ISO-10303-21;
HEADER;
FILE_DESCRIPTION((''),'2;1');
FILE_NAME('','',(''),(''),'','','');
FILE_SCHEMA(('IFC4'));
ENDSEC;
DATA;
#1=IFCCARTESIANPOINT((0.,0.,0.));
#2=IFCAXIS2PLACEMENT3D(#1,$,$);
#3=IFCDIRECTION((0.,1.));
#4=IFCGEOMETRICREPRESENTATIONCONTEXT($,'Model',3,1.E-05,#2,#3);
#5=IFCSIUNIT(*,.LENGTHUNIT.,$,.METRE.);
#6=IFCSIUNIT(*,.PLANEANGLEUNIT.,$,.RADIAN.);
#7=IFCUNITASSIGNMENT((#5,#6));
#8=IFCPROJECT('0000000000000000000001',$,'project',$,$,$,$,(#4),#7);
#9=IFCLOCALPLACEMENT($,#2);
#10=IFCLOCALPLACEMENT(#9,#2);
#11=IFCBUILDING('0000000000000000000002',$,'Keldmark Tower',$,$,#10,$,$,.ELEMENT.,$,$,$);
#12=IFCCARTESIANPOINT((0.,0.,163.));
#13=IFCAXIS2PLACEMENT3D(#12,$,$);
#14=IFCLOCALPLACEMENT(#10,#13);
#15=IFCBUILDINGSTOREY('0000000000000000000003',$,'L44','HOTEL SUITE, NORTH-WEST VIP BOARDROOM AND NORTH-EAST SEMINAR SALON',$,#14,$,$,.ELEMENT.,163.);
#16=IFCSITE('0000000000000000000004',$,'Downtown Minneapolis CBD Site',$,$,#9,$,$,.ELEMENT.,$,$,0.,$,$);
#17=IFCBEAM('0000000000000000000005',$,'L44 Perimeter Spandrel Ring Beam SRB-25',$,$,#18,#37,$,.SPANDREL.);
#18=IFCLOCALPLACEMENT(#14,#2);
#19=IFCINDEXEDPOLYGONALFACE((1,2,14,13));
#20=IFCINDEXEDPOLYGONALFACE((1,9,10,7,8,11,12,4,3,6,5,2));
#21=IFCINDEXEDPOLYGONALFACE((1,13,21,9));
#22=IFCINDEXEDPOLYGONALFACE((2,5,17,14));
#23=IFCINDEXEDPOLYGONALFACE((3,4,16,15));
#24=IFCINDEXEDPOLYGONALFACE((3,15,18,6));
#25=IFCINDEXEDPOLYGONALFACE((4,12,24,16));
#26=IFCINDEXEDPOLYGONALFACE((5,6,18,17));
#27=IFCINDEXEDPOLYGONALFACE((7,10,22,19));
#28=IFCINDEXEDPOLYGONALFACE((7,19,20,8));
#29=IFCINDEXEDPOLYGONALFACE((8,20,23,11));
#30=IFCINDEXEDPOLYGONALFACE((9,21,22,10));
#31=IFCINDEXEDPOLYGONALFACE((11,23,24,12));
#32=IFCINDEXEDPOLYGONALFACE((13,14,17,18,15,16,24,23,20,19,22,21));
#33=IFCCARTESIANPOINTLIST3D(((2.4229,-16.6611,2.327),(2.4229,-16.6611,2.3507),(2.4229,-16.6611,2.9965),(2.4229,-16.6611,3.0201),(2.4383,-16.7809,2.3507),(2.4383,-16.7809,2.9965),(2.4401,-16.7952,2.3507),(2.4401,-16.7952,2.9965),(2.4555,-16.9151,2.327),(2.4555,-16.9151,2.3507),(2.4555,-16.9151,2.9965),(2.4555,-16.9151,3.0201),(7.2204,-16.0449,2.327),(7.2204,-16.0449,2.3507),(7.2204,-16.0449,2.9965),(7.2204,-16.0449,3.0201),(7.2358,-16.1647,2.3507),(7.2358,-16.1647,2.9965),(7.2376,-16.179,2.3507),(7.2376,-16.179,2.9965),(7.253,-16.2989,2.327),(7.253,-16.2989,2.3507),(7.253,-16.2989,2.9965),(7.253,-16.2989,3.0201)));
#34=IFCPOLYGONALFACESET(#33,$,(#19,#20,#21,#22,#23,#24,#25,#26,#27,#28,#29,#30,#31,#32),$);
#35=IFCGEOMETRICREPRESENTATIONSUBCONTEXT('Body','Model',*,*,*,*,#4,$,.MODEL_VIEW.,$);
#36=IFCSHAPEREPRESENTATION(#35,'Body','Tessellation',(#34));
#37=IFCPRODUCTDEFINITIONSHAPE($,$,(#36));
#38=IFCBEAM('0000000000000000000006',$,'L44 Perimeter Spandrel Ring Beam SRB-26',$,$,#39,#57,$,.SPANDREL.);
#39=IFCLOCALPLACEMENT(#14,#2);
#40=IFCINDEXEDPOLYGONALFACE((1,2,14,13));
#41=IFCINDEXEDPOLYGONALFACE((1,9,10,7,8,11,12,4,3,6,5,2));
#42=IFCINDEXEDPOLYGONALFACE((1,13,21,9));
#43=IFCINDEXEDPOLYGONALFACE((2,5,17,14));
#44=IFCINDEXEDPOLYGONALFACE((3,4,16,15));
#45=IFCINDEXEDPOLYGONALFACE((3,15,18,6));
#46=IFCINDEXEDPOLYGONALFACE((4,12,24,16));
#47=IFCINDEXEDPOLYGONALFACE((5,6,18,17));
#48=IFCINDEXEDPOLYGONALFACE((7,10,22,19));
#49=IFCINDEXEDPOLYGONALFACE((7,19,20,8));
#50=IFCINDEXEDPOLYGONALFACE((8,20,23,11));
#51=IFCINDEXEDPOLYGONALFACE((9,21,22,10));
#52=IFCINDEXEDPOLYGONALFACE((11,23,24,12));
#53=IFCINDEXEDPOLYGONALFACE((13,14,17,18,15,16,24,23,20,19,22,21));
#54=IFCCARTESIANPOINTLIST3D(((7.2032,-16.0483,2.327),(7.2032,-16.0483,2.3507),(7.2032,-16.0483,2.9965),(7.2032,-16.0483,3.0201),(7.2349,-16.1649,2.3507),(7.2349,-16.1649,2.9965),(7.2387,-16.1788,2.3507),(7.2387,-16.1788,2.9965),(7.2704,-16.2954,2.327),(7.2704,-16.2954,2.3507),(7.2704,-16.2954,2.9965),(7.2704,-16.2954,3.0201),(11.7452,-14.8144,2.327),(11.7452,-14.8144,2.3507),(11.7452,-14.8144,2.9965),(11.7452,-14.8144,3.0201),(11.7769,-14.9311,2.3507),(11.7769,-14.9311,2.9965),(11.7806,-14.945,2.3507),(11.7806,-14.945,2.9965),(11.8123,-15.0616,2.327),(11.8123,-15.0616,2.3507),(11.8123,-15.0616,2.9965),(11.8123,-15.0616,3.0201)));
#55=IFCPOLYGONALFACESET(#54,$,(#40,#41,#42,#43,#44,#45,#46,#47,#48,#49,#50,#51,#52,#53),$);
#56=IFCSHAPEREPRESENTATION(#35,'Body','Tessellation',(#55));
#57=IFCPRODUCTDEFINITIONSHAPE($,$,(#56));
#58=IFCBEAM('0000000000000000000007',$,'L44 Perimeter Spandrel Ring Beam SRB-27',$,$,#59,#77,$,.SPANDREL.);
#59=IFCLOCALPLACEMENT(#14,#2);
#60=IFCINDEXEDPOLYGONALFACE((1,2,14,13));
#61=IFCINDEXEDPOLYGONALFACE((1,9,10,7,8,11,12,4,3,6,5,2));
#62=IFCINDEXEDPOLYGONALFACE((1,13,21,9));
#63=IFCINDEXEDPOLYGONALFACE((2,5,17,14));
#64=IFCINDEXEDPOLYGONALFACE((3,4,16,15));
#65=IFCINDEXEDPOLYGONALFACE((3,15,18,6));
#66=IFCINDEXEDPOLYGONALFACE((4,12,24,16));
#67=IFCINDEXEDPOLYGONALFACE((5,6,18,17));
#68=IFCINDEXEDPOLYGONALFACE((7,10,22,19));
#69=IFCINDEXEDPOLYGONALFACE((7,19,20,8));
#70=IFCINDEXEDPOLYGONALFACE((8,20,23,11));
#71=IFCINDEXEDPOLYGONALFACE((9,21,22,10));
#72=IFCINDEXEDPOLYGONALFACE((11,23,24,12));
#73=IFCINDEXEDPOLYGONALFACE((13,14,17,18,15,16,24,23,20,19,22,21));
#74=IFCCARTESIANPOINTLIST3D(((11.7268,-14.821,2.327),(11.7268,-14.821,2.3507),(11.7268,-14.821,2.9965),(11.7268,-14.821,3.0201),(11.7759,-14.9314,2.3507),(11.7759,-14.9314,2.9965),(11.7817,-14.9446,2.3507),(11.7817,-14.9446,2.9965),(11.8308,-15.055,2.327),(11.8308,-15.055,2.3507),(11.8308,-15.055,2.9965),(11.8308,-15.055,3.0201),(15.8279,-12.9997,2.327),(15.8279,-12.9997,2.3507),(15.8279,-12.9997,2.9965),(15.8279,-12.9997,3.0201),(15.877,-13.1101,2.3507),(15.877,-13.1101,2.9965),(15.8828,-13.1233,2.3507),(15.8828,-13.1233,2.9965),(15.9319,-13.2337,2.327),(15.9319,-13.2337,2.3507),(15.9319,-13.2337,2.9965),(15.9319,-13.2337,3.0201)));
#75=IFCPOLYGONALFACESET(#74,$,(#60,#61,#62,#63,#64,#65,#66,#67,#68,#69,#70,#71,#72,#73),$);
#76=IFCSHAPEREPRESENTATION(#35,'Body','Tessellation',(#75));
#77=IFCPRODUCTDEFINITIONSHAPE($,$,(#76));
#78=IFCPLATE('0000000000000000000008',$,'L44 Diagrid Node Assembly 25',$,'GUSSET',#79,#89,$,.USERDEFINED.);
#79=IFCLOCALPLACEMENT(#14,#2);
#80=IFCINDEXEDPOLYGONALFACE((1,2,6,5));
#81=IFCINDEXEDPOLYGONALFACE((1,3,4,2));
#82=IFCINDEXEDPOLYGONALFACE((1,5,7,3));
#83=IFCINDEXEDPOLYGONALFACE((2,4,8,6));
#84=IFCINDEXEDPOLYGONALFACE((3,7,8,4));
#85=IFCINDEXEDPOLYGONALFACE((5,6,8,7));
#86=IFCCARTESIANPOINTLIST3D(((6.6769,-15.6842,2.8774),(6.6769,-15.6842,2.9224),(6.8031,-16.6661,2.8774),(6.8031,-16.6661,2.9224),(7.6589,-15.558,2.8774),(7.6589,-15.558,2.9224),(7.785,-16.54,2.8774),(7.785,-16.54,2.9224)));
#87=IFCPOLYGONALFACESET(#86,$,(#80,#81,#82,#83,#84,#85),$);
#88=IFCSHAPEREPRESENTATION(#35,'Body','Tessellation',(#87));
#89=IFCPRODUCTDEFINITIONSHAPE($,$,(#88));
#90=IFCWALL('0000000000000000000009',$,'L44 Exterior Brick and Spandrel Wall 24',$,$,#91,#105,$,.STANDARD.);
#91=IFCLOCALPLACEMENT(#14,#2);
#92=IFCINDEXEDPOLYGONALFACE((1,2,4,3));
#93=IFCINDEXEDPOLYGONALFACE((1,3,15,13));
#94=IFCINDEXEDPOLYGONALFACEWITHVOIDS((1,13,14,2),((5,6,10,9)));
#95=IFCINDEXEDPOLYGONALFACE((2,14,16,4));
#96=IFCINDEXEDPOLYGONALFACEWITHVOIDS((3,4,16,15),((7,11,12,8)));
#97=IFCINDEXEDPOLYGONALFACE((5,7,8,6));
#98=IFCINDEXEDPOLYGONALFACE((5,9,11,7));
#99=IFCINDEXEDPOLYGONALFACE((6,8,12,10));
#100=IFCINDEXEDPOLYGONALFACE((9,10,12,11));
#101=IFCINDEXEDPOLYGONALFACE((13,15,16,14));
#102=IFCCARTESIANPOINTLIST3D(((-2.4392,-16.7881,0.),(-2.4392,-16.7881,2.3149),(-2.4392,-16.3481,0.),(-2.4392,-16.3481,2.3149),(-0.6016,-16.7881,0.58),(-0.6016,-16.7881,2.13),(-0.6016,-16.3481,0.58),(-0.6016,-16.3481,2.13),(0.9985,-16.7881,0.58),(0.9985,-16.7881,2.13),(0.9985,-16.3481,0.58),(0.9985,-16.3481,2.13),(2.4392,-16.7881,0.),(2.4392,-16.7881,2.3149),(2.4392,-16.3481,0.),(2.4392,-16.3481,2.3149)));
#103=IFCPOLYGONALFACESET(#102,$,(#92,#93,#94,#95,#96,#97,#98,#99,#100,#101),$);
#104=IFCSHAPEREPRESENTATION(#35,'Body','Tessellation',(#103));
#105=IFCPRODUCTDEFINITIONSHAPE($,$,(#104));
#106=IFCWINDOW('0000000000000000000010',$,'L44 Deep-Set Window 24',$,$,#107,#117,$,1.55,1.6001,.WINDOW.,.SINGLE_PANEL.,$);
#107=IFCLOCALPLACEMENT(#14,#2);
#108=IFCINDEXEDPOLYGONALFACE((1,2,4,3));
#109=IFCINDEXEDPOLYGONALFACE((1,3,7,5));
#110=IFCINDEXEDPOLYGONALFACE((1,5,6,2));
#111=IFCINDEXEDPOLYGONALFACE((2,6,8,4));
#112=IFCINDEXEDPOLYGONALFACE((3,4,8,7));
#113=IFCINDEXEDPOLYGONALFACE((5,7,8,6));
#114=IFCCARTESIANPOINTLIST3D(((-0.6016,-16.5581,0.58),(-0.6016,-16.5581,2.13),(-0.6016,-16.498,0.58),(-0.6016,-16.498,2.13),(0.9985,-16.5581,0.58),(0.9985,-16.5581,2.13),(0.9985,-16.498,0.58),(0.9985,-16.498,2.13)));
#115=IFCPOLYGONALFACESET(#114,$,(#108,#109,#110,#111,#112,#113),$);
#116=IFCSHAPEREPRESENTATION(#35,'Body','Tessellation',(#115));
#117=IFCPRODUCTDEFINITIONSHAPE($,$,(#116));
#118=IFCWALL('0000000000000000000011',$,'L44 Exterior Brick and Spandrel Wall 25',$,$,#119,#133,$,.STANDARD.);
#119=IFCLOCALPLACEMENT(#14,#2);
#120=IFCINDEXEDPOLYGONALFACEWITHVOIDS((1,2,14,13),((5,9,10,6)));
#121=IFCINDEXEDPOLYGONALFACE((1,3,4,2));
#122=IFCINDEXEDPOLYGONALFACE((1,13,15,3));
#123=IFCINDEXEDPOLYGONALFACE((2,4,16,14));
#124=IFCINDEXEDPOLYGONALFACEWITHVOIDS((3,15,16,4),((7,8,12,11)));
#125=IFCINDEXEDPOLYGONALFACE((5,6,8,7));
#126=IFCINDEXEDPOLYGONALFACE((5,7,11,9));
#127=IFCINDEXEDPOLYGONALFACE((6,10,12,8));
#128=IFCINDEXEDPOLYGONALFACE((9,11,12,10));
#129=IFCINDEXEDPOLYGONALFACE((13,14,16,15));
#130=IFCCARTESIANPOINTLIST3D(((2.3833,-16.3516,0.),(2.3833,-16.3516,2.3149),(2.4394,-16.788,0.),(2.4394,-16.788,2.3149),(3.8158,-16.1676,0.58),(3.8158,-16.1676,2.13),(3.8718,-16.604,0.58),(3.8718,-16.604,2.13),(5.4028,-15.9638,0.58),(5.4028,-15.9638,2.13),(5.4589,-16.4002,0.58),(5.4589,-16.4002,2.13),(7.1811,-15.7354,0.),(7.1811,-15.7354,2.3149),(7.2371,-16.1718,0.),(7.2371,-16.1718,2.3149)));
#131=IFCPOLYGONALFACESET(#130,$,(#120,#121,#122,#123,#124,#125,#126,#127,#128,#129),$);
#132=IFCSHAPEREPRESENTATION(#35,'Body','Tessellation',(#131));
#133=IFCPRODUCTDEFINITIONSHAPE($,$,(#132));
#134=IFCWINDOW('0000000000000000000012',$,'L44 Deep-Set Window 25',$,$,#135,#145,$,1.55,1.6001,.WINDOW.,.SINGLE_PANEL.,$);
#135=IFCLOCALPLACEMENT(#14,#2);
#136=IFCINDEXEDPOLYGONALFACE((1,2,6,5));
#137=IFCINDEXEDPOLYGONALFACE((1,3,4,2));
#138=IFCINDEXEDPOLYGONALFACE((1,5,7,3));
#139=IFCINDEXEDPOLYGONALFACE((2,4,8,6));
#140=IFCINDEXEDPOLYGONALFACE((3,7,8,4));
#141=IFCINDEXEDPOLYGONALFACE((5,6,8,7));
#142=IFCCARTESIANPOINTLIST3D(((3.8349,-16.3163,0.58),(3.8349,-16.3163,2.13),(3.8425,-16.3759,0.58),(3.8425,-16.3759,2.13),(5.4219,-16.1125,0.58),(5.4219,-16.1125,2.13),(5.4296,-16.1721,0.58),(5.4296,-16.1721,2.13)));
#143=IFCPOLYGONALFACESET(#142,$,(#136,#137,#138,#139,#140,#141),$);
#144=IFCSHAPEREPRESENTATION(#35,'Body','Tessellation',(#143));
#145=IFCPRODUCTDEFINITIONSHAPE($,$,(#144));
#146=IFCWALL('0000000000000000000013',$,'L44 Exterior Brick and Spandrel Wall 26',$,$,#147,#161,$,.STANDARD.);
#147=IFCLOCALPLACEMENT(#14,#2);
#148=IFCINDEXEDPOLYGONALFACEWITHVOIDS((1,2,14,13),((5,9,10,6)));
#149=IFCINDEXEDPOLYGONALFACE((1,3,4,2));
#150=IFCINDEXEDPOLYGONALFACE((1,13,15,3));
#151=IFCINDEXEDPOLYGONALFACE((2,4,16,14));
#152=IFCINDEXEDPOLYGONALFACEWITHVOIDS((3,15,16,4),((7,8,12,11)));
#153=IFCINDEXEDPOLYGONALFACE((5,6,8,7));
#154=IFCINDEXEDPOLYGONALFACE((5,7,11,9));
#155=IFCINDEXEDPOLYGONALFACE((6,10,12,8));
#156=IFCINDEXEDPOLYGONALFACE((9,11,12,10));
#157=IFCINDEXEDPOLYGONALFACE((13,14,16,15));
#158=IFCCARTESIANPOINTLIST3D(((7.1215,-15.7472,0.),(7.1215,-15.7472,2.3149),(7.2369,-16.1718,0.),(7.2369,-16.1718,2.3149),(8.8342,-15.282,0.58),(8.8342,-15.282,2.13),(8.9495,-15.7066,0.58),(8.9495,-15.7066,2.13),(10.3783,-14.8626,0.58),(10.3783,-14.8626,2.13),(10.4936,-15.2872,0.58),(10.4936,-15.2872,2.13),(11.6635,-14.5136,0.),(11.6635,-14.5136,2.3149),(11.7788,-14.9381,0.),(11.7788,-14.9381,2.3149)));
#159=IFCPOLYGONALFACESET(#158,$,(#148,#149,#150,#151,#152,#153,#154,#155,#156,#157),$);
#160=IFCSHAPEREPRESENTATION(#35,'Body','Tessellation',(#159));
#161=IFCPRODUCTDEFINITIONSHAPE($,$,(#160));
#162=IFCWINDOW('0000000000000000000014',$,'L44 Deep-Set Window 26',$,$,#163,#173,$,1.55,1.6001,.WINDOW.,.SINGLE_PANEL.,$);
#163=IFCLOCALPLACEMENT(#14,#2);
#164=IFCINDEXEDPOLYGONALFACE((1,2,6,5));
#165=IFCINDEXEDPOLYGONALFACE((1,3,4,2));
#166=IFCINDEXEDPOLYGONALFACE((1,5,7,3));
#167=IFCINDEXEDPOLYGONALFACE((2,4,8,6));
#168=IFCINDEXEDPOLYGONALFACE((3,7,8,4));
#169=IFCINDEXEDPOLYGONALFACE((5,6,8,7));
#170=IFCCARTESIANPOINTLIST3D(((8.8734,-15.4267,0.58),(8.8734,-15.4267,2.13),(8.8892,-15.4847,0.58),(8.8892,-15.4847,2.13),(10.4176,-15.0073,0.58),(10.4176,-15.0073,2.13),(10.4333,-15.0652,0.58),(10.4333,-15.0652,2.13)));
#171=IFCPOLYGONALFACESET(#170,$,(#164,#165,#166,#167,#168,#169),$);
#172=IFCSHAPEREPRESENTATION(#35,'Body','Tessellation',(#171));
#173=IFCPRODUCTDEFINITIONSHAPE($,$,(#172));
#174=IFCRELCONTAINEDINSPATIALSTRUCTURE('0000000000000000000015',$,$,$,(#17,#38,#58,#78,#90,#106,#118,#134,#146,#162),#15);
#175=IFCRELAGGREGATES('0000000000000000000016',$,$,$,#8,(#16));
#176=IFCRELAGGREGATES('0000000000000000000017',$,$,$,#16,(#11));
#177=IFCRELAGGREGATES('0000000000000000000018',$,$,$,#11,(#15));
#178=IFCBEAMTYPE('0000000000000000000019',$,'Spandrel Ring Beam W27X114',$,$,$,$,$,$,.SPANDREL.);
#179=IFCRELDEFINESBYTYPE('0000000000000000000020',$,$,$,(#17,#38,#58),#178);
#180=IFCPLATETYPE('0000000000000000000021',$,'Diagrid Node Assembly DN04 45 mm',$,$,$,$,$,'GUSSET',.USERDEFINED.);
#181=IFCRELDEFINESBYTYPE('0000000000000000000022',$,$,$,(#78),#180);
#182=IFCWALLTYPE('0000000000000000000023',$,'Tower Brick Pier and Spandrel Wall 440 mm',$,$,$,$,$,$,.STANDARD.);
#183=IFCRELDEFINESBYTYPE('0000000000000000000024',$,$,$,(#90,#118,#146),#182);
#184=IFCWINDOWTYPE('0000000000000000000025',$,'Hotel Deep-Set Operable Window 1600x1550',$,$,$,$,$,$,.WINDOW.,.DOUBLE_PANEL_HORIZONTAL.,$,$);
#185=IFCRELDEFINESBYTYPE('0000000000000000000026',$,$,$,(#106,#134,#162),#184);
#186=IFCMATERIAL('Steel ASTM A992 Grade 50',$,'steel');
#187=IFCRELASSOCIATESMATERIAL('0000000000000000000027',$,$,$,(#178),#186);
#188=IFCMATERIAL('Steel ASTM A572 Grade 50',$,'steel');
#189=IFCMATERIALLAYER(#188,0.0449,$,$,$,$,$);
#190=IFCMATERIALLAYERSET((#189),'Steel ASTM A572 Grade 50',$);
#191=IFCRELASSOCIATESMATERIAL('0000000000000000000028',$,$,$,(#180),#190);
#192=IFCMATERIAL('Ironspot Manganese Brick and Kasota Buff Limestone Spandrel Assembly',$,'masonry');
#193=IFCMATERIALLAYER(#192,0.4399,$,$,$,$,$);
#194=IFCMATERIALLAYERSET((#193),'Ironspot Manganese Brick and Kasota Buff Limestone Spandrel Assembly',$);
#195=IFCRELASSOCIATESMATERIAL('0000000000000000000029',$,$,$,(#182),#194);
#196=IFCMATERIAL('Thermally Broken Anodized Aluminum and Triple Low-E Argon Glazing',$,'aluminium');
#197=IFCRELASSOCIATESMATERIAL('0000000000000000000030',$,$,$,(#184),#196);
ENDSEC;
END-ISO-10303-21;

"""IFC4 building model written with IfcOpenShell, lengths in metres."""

from ifc_helpers import new_model, si_unit, direction, frame, frame_2d, origin, origin_2d, place, context, subcontext, project, spatial, rectangle, i_section, extrude, material, layer, layer_set, material_profile, profile_set, type_object, element, fill, save


model = new_model("IFC4")

# Units and contexts
model_context = context("Model", 3, precision=1e-05, world=origin(), true_north=direction((0.0, 1.0)))
body_context = subcontext(model_context, "Body", "Model", "MODEL_VIEW")
ifc_project = project(units=[si_unit("LENGTHUNIT", "METRE"), si_unit("PLANEANGLEUNIT", "RADIAN")], contexts=[model_context])

# Site, building, storey
site_placement = place(None, origin())
site = spatial("IfcSite", under=ifc_project, at=site_placement, Name="Downtown Minneapolis CBD Site", CompositionType="ELEMENT", RefElevation=0.0)
building_placement = place(site_placement, origin())
building = spatial("IfcBuilding", under=site, at=building_placement, Name="Keldmark Tower", CompositionType="ELEMENT")
storey_placement = place(building_placement, frame((0.0, 0.0, 163.0)))
storey = spatial("IfcBuildingStorey", under=building, at=storey_placement, Name="L44", Description="HOTEL SUITE, NORTH-WEST VIP BOARDROOM AND NORTH-EAST SEMINAR SALON", CompositionType="ELEMENT", Elevation=163.0)

# Beams
ifc_material_1 = material(Name="Steel ASTM A992 Grade 50", Category="steel")
ifc_material_profile_1 = material_profile(ifc_material_1, i_section(OverallWidth=0.2561, OverallDepth=0.6931, WebThickness=0.0144, FlangeThickness=0.0237, at=origin_2d()), Name="W27X114")
ifc_profile_set_1 = profile_set([ifc_material_profile_1], Name="Steel ASTM A992 Grade 50")
beam_type_1 = type_object("IfcBeamType", Name="Spandrel Ring Beam W27X114", PredefinedType="SPANDREL", material=ifc_profile_set_1)
beam_1_placement = place(storey_placement, frame((2.4392, -16.7881, 2.6736), z_axis=(0.991852, 0.127395, 0.0), x_axis=(-0.127395, 0.991852, 0.0)))
element("IfcBeam", 1, at=beam_1_placement, inside=storey, type_object=beam_type_1, Name="L44 Perimeter Spandrel Ring Beam SRB-25", PredefinedType="SPANDREL", context=body_context, shape_type="SweptSolid", body=[
    extrude(i_section(OverallWidth=0.2561, OverallDepth=0.6931, WebThickness=0.0144, FlangeThickness=0.0237, at=origin_2d()), origin(), (0.0, 0.0, 1.0), 4.8369),
])
beam_2_placement = place(storey_placement, frame((7.2368, -16.1719, 2.6736), z_axis=(0.965024, 0.26216, 0.0), x_axis=(-0.26216, 0.965024, 0.0)))
element("IfcBeam", 2, at=beam_2_placement, inside=storey, type_object=beam_type_1, Name="L44 Perimeter Spandrel Ring Beam SRB-26", PredefinedType="SPANDREL", context=body_context, shape_type="SweptSolid", body=[
    extrude(i_section(OverallWidth=0.2561, OverallDepth=0.6931, WebThickness=0.0144, FlangeThickness=0.0237, at=origin_2d()), origin(), (0.0, 0.0, 1.0), 4.7065),
])
beam_3_placement = place(storey_placement, frame((11.7788, -14.938, 2.6736), z_axis=(0.913928, 0.405876, 0.0), x_axis=(-0.405876, 0.913928, 0.0)))
element("IfcBeam", 3, at=beam_3_placement, inside=storey, type_object=beam_type_1, Name="L44 Perimeter Spandrel Ring Beam SRB-27", PredefinedType="SPANDREL", context=body_context, shape_type="SweptSolid", body=[
    extrude(i_section(OverallWidth=0.2561, OverallDepth=0.6931, WebThickness=0.0144, FlangeThickness=0.0237, at=origin_2d()), origin(), (0.0, 0.0, 1.0), 4.4873),
])

# Plate
ifc_material_2 = material(Name="Steel ASTM A572 Grade 50", Category="steel")
ifc_layer_1 = layer(ifc_material_2, 0.0449)
ifc_layer_set_1 = layer_set([ifc_layer_1], Name="Steel ASTM A572 Grade 50")
plate_type = type_object("IfcPlateType", Name="Diagrid Node Assembly DN04 45 mm", ElementType="GUSSET", PredefinedType="USERDEFINED", material=ifc_layer_set_1)
plate_placement = place(storey_placement, frame((7.231, -16.1121, 2.8774), z_axis=(0.0, 0.0, 1.0), x_axis=(0.99185, 0.127411, 0.0)))
element("IfcPlate", 4, at=plate_placement, inside=storey, type_object=plate_type, Name="L44 Diagrid Node Assembly 25", ObjectType="GUSSET", PredefinedType="USERDEFINED", context=body_context, shape_type="SweptSolid", body=[
    extrude(rectangle(XDim=0.99, YDim=0.99, at=origin_2d()), origin(), (0.0, 0.0, 1.0), 0.0449),
])

# Walls, openings, windows
ifc_material_3 = material(Name="Ironspot Manganese Brick and Kasota Buff Limestone Spandrel Assembly", Category="masonry")
ifc_layer_2 = layer(ifc_material_3, 0.4399)
ifc_layer_set_2 = layer_set([ifc_layer_2], Name="Ironspot Manganese Brick and Kasota Buff Limestone Spandrel Assembly")
wall_type_1 = type_object("IfcWallType", Name="Tower Brick Pier and Spandrel Wall 440 mm", PredefinedType="STANDARD", material=ifc_layer_set_2)
wall_1_placement = place(storey_placement, frame((2.4392, -16.5681, 0.0), z_axis=(0.0, 0.0, 1.0), x_axis=(-1.0, 0.0, 0.0)))
wall_1 = element("IfcWall", 5, at=wall_1_placement, inside=storey, type_object=wall_type_1, Name="L44 Exterior Brick and Spandrel Wall 24", PredefinedType="STANDARD", context=body_context, shape_type="SweptSolid", body=[
    extrude(rectangle(XDim=4.8784, YDim=0.4399, at=frame_2d((2.4392, 0.0))), origin(), (0.0, 0.0, 1.0), 2.3149),
])
opening_1_placement = place(wall_1_placement, frame((1.4407, 0.0, 0.5801)))
opening_1 = element("IfcOpeningElement", 6, at=opening_1_placement, cuts=wall_1, PredefinedType="OPENING", context=body_context, shape_type="SweptSolid", body=[
    extrude(rectangle(XDim=1.6001, YDim=1.55, at=frame_2d((0.8, 0.7749))), frame((0.0, 0.23, 0.0), z_axis=(0.0, -1.0, 0.0), x_axis=(1.0, 0.0, 0.0)), (0.0, 0.0, 1.0), 0.46),
])
ifc_material_4 = material(Name="Thermally Broken Anodized Aluminum and Triple Low-E Argon Glazing", Category="aluminium")
window_type = type_object("IfcWindowType", Name="Hotel Deep-Set Operable Window 1600x1550", PartitioningType="DOUBLE_PANEL_HORIZONTAL", PredefinedType="WINDOW", material=ifc_material_4)
window_1_placement = place(opening_1_placement, origin())
window_1 = element("IfcWindow", 7, at=window_1_placement, inside=storey, type_object=window_type, Name="L44 Deep-Set Window 24", OverallHeight=1.55, OverallWidth=1.6001, PartitioningType="SINGLE_PANEL", PredefinedType="WINDOW", context=body_context, shape_type="SweptSolid", body=[
    extrude(rectangle(XDim=1.6001, YDim=1.55, at=frame_2d((0.8, 0.7749))), frame((0.0, -0.01, 0.0), z_axis=(0.0, -1.0, 0.0), x_axis=(1.0, 0.0, 0.0)), (0.0, 0.0, 1.0), 0.0601),
])
fill(opening_1, window_1)
wall_2_placement = place(storey_placement, frame((7.209, -15.9536, 0.0), z_axis=(0.0, 0.0, 1.0), x_axis=(-0.991853, -0.127388, 0.0)))
wall_2 = element("IfcWall", 8, at=wall_2_placement, inside=storey, type_object=wall_type_1, Name="L44 Exterior Brick and Spandrel Wall 25", PredefinedType="STANDARD", context=body_context, shape_type="SweptSolid", body=[
    extrude(rectangle(XDim=4.8372, YDim=0.4399, at=frame_2d((2.4185, 0.0))), origin(), (0.0, 0.0, 1.0), 2.3149),
])
opening_2_placement = place(wall_2_placement, frame((1.7927, 0.0, 0.5801)))
opening_2 = element("IfcOpeningElement", 9, at=opening_2_placement, cuts=wall_2, PredefinedType="OPENING", context=body_context, shape_type="SweptSolid", body=[
    extrude(rectangle(XDim=1.6001, YDim=1.55, at=frame_2d((0.8, 0.7749))), frame((0.0, 0.23, 0.0), z_axis=(0.0, -1.0, 0.0), x_axis=(1.0, 0.0, 0.0)), (0.0, 0.0, 1.0), 0.46),
])
window_2_placement = place(opening_2_placement, origin())
window_2 = element("IfcWindow", 10, at=window_2_placement, inside=storey, type_object=window_type, Name="L44 Deep-Set Window 25", OverallHeight=1.55, OverallWidth=1.6001, PartitioningType="SINGLE_PANEL", PredefinedType="WINDOW", context=body_context, shape_type="SweptSolid", body=[
    extrude(rectangle(XDim=1.6001, YDim=1.55, at=frame_2d((0.8, 0.7749))), frame((0.0, -0.01, 0.0), z_axis=(0.0, -1.0, 0.0), x_axis=(1.0, 0.0, 0.0)), (0.0, 0.0, 1.0), 0.0601),
])
fill(opening_2, window_2)
wall_3_placement = place(storey_placement, frame((11.7212, -14.7258, 0.0), z_axis=(0.0, 0.0, 1.0), x_axis=(-0.965037, -0.262112, 0.0)))
wall_3 = element("IfcWall", 11, at=wall_3_placement, inside=storey, type_object=wall_type_1, Name="L44 Exterior Brick and Spandrel Wall 26", PredefinedType="STANDARD", context=body_context, shape_type="SweptSolid", body=[
    extrude(rectangle(XDim=4.7065, YDim=0.4399, at=frame_2d((2.3533, 0.0))), origin(), (0.0, 0.0, 1.0), 2.3149),
])
opening_3_placement = place(wall_3_placement, frame((1.3318, 0.0, 0.5801)))
opening_3 = element("IfcOpeningElement", 12, at=opening_3_placement, cuts=wall_3, PredefinedType="OPENING", context=body_context, shape_type="SweptSolid", body=[
    extrude(rectangle(XDim=1.6001, YDim=1.55, at=frame_2d((0.8, 0.7749))), frame((0.0, 0.23, 0.0), z_axis=(0.0, -1.0, 0.0), x_axis=(1.0, 0.0, 0.0)), (0.0, 0.0, 1.0), 0.46),
])
window_3_placement = place(opening_3_placement, origin())
window_3 = element("IfcWindow", 13, at=window_3_placement, inside=storey, type_object=window_type, Name="L44 Deep-Set Window 26", OverallHeight=1.55, OverallWidth=1.6001, PartitioningType="SINGLE_PANEL", PredefinedType="WINDOW", context=body_context, shape_type="SweptSolid", body=[
    extrude(rectangle(XDim=1.6001, YDim=1.55, at=frame_2d((0.8, 0.7749))), frame((0.0, -0.01, 0.0), z_axis=(0.0, -1.0, 0.0), x_axis=(1.0, 0.0, 0.0)), (0.0, 0.0, 1.0), 0.0601),
])
fill(opening_3, window_3)

save(model, "model.ifc")
